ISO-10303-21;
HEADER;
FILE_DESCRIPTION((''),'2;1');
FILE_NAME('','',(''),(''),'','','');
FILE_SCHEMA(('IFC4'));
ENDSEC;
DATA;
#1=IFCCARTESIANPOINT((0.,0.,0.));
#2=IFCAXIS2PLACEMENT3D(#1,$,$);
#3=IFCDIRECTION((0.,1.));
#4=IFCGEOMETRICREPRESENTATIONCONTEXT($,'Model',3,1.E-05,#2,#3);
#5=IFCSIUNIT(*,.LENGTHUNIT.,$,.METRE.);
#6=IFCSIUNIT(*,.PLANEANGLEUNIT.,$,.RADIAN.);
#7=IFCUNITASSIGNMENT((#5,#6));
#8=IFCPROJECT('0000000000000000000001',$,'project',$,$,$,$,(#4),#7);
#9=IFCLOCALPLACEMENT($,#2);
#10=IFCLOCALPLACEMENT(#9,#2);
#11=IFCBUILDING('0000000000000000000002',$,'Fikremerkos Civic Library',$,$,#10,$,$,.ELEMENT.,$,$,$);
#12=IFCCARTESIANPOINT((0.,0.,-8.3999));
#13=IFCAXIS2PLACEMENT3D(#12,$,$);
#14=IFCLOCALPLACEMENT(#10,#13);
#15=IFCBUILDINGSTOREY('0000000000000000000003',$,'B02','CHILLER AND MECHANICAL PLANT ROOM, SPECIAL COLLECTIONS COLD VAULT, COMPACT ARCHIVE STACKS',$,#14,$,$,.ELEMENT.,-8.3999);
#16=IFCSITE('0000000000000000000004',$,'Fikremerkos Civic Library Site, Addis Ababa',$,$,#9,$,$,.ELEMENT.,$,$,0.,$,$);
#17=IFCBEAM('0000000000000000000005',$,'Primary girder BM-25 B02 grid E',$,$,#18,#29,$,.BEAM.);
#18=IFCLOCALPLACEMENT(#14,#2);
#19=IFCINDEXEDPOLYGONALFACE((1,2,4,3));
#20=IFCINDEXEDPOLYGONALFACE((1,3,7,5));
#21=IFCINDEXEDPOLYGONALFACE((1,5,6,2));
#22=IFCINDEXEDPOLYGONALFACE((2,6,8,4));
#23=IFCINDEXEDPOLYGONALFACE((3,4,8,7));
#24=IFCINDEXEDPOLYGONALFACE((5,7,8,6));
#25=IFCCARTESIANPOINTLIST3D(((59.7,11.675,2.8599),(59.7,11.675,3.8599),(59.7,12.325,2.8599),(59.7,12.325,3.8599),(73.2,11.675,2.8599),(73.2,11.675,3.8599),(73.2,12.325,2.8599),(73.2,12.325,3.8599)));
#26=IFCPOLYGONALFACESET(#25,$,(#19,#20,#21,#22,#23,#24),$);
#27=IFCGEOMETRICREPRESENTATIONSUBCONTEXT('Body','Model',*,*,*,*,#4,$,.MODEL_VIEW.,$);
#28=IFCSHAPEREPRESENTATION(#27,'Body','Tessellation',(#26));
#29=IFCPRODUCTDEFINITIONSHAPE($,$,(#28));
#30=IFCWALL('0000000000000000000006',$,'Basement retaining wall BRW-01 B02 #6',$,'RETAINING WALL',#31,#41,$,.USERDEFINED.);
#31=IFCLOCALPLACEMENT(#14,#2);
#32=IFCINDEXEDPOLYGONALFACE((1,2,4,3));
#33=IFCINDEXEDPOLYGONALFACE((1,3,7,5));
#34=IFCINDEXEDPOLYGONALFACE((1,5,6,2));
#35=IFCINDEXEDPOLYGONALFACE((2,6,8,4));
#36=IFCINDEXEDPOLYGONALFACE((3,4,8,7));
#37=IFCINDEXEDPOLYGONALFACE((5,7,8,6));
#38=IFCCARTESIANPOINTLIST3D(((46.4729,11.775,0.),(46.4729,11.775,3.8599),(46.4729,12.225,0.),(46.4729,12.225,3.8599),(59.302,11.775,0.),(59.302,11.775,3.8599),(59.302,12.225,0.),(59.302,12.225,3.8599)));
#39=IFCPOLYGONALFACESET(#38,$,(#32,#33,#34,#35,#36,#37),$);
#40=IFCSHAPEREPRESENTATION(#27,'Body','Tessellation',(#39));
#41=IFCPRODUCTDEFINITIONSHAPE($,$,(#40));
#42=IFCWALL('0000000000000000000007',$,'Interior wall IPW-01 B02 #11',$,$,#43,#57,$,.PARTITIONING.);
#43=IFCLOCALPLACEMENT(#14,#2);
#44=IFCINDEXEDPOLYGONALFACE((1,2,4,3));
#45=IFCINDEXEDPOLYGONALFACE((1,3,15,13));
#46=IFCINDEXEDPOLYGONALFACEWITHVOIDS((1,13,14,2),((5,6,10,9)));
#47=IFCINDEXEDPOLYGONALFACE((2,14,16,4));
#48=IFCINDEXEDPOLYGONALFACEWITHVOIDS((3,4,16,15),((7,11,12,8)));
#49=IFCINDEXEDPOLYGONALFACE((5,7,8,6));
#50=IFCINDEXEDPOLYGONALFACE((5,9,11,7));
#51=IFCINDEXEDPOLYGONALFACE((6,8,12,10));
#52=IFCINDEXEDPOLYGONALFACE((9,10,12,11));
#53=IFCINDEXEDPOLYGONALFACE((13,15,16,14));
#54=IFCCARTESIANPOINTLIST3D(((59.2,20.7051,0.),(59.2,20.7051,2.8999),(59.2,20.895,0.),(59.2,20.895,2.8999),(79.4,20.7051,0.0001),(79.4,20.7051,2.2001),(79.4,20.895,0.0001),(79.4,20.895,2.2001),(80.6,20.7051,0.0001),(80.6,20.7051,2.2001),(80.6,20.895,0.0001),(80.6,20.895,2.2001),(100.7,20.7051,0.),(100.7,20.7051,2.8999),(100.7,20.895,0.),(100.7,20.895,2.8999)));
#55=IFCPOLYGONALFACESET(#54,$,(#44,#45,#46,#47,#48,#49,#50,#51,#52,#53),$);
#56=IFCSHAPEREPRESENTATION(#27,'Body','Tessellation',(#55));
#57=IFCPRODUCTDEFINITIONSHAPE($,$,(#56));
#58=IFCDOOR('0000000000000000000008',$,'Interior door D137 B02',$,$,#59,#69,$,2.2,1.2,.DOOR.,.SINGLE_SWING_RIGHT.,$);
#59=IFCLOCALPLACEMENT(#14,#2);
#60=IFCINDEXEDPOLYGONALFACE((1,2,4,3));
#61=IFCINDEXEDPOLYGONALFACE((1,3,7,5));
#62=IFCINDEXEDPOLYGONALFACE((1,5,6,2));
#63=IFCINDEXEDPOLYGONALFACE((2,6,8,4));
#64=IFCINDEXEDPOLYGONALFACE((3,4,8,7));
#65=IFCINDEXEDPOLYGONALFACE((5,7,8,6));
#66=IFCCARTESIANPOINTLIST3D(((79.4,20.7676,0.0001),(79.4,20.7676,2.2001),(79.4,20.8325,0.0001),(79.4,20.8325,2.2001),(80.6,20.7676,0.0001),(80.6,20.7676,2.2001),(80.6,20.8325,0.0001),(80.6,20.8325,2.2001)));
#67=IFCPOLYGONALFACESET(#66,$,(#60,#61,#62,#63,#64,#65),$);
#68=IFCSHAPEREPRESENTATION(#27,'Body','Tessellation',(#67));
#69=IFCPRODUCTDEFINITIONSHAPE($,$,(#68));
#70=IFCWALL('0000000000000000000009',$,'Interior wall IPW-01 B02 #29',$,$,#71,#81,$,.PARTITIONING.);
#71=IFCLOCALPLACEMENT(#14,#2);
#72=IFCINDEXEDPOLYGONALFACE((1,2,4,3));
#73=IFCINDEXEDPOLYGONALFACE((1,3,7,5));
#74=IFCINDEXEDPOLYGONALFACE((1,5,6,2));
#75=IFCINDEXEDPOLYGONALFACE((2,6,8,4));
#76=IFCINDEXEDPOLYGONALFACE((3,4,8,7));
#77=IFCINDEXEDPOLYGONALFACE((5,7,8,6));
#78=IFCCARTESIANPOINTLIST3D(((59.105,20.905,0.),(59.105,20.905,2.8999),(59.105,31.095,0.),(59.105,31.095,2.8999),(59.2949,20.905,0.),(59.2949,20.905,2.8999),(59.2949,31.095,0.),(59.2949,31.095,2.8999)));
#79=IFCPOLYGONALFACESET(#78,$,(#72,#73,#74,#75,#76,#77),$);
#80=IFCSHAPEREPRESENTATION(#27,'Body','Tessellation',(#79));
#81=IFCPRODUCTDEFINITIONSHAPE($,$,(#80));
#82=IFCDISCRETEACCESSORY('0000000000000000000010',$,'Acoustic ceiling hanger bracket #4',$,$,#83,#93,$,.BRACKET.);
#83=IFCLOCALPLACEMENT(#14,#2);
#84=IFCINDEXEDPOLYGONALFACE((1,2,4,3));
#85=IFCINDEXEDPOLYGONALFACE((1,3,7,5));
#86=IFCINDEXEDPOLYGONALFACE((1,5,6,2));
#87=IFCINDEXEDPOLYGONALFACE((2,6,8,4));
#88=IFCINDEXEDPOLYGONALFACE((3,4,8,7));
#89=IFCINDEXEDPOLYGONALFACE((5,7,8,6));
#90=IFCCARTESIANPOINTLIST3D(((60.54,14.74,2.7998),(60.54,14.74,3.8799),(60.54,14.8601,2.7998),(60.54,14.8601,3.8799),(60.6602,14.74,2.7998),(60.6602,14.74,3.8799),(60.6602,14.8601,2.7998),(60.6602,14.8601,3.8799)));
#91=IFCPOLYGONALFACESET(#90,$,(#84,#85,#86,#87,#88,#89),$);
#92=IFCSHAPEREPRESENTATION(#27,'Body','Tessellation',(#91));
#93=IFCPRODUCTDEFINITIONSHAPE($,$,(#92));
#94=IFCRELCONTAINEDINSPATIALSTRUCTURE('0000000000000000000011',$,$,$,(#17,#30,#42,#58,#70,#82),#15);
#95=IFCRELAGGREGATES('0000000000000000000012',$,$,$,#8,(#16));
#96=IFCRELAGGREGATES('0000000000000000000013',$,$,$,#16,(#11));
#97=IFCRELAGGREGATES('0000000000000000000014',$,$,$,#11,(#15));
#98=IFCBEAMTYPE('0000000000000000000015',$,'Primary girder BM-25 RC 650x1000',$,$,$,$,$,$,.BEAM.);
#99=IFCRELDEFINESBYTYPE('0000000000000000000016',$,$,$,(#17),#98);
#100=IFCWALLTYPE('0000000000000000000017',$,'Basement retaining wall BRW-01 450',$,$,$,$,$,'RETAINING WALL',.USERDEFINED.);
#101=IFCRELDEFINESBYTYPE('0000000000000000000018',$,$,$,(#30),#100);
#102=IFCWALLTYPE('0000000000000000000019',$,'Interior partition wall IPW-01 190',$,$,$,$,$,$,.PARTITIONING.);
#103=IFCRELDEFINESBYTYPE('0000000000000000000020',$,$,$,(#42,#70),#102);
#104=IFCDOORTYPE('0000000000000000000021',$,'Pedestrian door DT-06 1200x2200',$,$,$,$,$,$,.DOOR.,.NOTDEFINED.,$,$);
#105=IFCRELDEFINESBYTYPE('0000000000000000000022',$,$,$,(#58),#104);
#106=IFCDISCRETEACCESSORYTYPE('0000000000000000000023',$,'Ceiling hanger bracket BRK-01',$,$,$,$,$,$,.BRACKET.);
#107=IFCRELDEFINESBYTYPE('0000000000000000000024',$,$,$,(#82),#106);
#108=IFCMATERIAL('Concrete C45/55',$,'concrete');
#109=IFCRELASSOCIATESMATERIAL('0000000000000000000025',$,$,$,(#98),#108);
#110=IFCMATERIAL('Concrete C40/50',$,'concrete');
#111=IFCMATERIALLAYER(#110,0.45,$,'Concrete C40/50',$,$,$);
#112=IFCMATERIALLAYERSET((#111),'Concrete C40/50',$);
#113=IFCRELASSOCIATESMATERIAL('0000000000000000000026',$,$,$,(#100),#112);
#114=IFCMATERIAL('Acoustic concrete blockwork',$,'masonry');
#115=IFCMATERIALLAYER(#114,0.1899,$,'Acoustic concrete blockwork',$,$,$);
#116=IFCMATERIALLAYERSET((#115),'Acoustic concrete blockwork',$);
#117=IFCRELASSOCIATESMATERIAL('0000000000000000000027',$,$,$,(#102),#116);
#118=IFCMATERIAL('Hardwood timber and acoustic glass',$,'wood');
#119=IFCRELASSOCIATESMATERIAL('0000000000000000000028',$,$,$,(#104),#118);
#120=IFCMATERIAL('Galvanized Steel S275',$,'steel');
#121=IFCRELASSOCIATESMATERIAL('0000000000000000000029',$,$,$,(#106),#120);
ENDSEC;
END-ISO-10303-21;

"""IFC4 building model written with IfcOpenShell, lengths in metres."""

from ifc_helpers import new_model, si_unit, direction, frame, frame_2d, origin, origin_2d, place, context, subcontext, project, spatial, rectangle, extrude, material, layer, layer_set, material_profile, profile_set, type_object, element, fill, save


model = new_model("IFC4")

# Units and contexts
model_context = context("Model", 3, precision=1e-05, world=origin(), true_north=direction((0.0, 1.0)))
body_context = subcontext(model_context, "Body", "Model", "MODEL_VIEW")
ifc_project = project(units=[si_unit("LENGTHUNIT", "METRE"), si_unit("PLANEANGLEUNIT", "RADIAN")], contexts=[model_context])

# Site, building, storey
site_placement = place(None, origin())
site = spatial("IfcSite", under=ifc_project, at=site_placement, Name="Fikremerkos Civic Library Site, Addis Ababa", CompositionType="ELEMENT", RefElevation=0.0)
building_placement = place(site_placement, origin())
building = spatial("IfcBuilding", under=site, at=building_placement, Name="Fikremerkos Civic Library", CompositionType="ELEMENT")
storey_placement = place(building_placement, frame((0.0, 0.0, -8.3999)))
storey = spatial("IfcBuildingStorey", under=building, at=storey_placement, Name="B02", Description="CHILLER AND MECHANICAL PLANT ROOM, SPECIAL COLLECTIONS COLD VAULT, COMPACT ARCHIVE STACKS", CompositionType="ELEMENT", Elevation=-8.3999)

# Shared definitions
ifc_material_1 = material(Name="Concrete C40/50", Category="concrete")

# Beam
ifc_material_2 = material(Name="Concrete C45/55", Category="concrete")
ifc_material_profile_1 = material_profile(ifc_material_2, rectangle(XDim=0.6499, YDim=1.0, at=origin_2d()), Name="RC 650x1000")
ifc_profile_set_1 = profile_set([ifc_material_profile_1], Name="Concrete C45/55")
beam_type_1 = type_object("IfcBeamType", Name="Primary girder BM-25 RC 650x1000", PredefinedType="BEAM", material=ifc_profile_set_1)
beam_1_placement = place(storey_placement, frame((59.7, 12.0, 3.3599), z_axis=(1.0, 0.0, 0.0), x_axis=(0.0, 1.0, 0.0)))
element("IfcBeam", 1, at=beam_1_placement, inside=storey, type_object=beam_type_1, Name="Primary girder BM-25 B02 grid E", PredefinedType="BEAM", context=body_context, shape_type="SweptSolid", body=[
    extrude(rectangle(XDim=0.6499, YDim=1.0, at=origin_2d()), origin(), (0.0, 0.0, 1.0), 13.5),
])

# Wall
ifc_layer_1 = layer(ifc_material_1, 0.45, Name="Concrete C40/50")
ifc_layer_set_1 = layer_set([ifc_layer_1], Name="Concrete C40/50")
wall_type_1 = type_object("IfcWallType", Name="Basement retaining wall BRW-01 450", ElementType="RETAINING WALL", PredefinedType="USERDEFINED", material=ifc_layer_set_1)
wall_1_placement = place(storey_placement, frame((59.302, 12.0, 0.0), z_axis=(0.0, 0.0, 1.0), x_axis=(-1.0, 0.0, 0.0)))
element("IfcWall", 2, at=wall_1_placement, inside=storey, type_object=wall_type_1, Name="Basement retaining wall BRW-01 B02 #6", ObjectType="RETAINING WALL", PredefinedType="USERDEFINED", context=body_context, shape_type="SweptSolid", body=[
    extrude(rectangle(XDim=12.8291, YDim=0.45, at=frame_2d((6.4146, 0.0))), origin(), (0.0, 0.0, 1.0), 3.8599),
])

# Wall, opening, door
ifc_material_3 = material(Name="Acoustic concrete blockwork", Category="masonry")
ifc_layer_2 = layer(ifc_material_3, 0.1899, Name="Acoustic concrete blockwork")
ifc_layer_set_2 = layer_set([ifc_layer_2], Name="Acoustic concrete blockwork")
wall_type_2 = type_object("IfcWallType", Name="Interior partition wall IPW-01 190", PredefinedType="PARTITIONING", material=ifc_layer_set_2)
wall_2_placement = place(storey_placement, frame((59.2, 20.8, 0.0), z_axis=(0.0, 0.0, 1.0), x_axis=(1.0, 0.0, 0.0)))
wall_2 = element("IfcWall", 3, at=wall_2_placement, inside=storey, type_object=wall_type_2, Name="Interior wall IPW-01 B02 #11", PredefinedType="PARTITIONING", context=body_context, shape_type="SweptSolid", body=[
    extrude(rectangle(XDim=41.5, YDim=0.1899, at=frame_2d((20.75, 0.0))), origin(), (0.0, 0.0, 1.0), 2.8999),
])
opening_placement = place(wall_2_placement, frame((20.2, 0.0, 0.0)))
opening = element("IfcOpeningElement", 4, at=opening_placement, cuts=wall_2, PredefinedType="OPENING", context=body_context, shape_type="SweptSolid", body=[
    extrude(rectangle(XDim=1.2, YDim=2.2, at=frame_2d((0.6001, 1.1001))), frame((0.0, 0.105, 0.0), z_axis=(0.0, -1.0, 0.0), x_axis=(1.0, 0.0, 0.0)), (0.0, 0.0, 1.0), 0.21),
])
ifc_material_4 = material(Name="Hardwood timber and acoustic glass", Category="wood")
door_type = type_object("IfcDoorType", Name="Pedestrian door DT-06 1200x2200", OperationType="NOTDEFINED", PredefinedType="DOOR", material=ifc_material_4)
door_placement = place(opening_placement, origin())
door = element("IfcDoor", 5, at=door_placement, inside=storey, type_object=door_type, Name="Interior door D137 B02", OperationType="SINGLE_SWING_RIGHT", OverallHeight=2.2, OverallWidth=1.2, PredefinedType="DOOR", context=body_context, shape_type="SweptSolid", body=[
    extrude(rectangle(XDim=1.2, YDim=2.2, at=frame_2d((0.6001, 1.1001))), frame((0.0, 0.0325, 0.0), z_axis=(0.0, -1.0, 0.0), x_axis=(1.0, 0.0, 0.0)), (0.0, 0.0, 1.0), 0.0649),
])
fill(opening, door)

# Wall
wall_3_placement = place(storey_placement, frame((59.2, 20.905, 0.0), z_axis=(0.0, 0.0, 1.0), x_axis=(0.0, 1.0, 0.0)))
element("IfcWall", 6, at=wall_3_placement, inside=storey, type_object=wall_type_2, Name="Interior wall IPW-01 B02 #29", PredefinedType="PARTITIONING", context=body_context, shape_type="SweptSolid", body=[
    extrude(rectangle(XDim=10.1899, YDim=0.1899, at=frame_2d((5.095, 0.0))), origin(), (0.0, 0.0, 1.0), 2.8999),
])

# Discrete accessory
ifc_material_5 = material(Name="Galvanized Steel S275", Category="steel")
discrete_accessory_type = type_object("IfcDiscreteAccessoryType", Name="Ceiling hanger bracket BRK-01", PredefinedType="BRACKET", material=ifc_material_5)
discrete_accessory_placement = place(storey_placement, frame((60.6001, 14.8, 2.7998), z_axis=(0.0, 0.0, 1.0), x_axis=(1.0, 0.0, 0.0)))
element("IfcDiscreteAccessory", 7, at=discrete_accessory_placement, inside=storey, type_object=discrete_accessory_type, Name="Acoustic ceiling hanger bracket #4", PredefinedType="BRACKET", context=body_context, shape_type="SweptSolid", body=[
    extrude(rectangle(XDim=0.1201, YDim=0.1201, at=origin_2d()), origin(), (0.0, 0.0, 1.0), 1.0801),
])

save(model, "model.ifc")
